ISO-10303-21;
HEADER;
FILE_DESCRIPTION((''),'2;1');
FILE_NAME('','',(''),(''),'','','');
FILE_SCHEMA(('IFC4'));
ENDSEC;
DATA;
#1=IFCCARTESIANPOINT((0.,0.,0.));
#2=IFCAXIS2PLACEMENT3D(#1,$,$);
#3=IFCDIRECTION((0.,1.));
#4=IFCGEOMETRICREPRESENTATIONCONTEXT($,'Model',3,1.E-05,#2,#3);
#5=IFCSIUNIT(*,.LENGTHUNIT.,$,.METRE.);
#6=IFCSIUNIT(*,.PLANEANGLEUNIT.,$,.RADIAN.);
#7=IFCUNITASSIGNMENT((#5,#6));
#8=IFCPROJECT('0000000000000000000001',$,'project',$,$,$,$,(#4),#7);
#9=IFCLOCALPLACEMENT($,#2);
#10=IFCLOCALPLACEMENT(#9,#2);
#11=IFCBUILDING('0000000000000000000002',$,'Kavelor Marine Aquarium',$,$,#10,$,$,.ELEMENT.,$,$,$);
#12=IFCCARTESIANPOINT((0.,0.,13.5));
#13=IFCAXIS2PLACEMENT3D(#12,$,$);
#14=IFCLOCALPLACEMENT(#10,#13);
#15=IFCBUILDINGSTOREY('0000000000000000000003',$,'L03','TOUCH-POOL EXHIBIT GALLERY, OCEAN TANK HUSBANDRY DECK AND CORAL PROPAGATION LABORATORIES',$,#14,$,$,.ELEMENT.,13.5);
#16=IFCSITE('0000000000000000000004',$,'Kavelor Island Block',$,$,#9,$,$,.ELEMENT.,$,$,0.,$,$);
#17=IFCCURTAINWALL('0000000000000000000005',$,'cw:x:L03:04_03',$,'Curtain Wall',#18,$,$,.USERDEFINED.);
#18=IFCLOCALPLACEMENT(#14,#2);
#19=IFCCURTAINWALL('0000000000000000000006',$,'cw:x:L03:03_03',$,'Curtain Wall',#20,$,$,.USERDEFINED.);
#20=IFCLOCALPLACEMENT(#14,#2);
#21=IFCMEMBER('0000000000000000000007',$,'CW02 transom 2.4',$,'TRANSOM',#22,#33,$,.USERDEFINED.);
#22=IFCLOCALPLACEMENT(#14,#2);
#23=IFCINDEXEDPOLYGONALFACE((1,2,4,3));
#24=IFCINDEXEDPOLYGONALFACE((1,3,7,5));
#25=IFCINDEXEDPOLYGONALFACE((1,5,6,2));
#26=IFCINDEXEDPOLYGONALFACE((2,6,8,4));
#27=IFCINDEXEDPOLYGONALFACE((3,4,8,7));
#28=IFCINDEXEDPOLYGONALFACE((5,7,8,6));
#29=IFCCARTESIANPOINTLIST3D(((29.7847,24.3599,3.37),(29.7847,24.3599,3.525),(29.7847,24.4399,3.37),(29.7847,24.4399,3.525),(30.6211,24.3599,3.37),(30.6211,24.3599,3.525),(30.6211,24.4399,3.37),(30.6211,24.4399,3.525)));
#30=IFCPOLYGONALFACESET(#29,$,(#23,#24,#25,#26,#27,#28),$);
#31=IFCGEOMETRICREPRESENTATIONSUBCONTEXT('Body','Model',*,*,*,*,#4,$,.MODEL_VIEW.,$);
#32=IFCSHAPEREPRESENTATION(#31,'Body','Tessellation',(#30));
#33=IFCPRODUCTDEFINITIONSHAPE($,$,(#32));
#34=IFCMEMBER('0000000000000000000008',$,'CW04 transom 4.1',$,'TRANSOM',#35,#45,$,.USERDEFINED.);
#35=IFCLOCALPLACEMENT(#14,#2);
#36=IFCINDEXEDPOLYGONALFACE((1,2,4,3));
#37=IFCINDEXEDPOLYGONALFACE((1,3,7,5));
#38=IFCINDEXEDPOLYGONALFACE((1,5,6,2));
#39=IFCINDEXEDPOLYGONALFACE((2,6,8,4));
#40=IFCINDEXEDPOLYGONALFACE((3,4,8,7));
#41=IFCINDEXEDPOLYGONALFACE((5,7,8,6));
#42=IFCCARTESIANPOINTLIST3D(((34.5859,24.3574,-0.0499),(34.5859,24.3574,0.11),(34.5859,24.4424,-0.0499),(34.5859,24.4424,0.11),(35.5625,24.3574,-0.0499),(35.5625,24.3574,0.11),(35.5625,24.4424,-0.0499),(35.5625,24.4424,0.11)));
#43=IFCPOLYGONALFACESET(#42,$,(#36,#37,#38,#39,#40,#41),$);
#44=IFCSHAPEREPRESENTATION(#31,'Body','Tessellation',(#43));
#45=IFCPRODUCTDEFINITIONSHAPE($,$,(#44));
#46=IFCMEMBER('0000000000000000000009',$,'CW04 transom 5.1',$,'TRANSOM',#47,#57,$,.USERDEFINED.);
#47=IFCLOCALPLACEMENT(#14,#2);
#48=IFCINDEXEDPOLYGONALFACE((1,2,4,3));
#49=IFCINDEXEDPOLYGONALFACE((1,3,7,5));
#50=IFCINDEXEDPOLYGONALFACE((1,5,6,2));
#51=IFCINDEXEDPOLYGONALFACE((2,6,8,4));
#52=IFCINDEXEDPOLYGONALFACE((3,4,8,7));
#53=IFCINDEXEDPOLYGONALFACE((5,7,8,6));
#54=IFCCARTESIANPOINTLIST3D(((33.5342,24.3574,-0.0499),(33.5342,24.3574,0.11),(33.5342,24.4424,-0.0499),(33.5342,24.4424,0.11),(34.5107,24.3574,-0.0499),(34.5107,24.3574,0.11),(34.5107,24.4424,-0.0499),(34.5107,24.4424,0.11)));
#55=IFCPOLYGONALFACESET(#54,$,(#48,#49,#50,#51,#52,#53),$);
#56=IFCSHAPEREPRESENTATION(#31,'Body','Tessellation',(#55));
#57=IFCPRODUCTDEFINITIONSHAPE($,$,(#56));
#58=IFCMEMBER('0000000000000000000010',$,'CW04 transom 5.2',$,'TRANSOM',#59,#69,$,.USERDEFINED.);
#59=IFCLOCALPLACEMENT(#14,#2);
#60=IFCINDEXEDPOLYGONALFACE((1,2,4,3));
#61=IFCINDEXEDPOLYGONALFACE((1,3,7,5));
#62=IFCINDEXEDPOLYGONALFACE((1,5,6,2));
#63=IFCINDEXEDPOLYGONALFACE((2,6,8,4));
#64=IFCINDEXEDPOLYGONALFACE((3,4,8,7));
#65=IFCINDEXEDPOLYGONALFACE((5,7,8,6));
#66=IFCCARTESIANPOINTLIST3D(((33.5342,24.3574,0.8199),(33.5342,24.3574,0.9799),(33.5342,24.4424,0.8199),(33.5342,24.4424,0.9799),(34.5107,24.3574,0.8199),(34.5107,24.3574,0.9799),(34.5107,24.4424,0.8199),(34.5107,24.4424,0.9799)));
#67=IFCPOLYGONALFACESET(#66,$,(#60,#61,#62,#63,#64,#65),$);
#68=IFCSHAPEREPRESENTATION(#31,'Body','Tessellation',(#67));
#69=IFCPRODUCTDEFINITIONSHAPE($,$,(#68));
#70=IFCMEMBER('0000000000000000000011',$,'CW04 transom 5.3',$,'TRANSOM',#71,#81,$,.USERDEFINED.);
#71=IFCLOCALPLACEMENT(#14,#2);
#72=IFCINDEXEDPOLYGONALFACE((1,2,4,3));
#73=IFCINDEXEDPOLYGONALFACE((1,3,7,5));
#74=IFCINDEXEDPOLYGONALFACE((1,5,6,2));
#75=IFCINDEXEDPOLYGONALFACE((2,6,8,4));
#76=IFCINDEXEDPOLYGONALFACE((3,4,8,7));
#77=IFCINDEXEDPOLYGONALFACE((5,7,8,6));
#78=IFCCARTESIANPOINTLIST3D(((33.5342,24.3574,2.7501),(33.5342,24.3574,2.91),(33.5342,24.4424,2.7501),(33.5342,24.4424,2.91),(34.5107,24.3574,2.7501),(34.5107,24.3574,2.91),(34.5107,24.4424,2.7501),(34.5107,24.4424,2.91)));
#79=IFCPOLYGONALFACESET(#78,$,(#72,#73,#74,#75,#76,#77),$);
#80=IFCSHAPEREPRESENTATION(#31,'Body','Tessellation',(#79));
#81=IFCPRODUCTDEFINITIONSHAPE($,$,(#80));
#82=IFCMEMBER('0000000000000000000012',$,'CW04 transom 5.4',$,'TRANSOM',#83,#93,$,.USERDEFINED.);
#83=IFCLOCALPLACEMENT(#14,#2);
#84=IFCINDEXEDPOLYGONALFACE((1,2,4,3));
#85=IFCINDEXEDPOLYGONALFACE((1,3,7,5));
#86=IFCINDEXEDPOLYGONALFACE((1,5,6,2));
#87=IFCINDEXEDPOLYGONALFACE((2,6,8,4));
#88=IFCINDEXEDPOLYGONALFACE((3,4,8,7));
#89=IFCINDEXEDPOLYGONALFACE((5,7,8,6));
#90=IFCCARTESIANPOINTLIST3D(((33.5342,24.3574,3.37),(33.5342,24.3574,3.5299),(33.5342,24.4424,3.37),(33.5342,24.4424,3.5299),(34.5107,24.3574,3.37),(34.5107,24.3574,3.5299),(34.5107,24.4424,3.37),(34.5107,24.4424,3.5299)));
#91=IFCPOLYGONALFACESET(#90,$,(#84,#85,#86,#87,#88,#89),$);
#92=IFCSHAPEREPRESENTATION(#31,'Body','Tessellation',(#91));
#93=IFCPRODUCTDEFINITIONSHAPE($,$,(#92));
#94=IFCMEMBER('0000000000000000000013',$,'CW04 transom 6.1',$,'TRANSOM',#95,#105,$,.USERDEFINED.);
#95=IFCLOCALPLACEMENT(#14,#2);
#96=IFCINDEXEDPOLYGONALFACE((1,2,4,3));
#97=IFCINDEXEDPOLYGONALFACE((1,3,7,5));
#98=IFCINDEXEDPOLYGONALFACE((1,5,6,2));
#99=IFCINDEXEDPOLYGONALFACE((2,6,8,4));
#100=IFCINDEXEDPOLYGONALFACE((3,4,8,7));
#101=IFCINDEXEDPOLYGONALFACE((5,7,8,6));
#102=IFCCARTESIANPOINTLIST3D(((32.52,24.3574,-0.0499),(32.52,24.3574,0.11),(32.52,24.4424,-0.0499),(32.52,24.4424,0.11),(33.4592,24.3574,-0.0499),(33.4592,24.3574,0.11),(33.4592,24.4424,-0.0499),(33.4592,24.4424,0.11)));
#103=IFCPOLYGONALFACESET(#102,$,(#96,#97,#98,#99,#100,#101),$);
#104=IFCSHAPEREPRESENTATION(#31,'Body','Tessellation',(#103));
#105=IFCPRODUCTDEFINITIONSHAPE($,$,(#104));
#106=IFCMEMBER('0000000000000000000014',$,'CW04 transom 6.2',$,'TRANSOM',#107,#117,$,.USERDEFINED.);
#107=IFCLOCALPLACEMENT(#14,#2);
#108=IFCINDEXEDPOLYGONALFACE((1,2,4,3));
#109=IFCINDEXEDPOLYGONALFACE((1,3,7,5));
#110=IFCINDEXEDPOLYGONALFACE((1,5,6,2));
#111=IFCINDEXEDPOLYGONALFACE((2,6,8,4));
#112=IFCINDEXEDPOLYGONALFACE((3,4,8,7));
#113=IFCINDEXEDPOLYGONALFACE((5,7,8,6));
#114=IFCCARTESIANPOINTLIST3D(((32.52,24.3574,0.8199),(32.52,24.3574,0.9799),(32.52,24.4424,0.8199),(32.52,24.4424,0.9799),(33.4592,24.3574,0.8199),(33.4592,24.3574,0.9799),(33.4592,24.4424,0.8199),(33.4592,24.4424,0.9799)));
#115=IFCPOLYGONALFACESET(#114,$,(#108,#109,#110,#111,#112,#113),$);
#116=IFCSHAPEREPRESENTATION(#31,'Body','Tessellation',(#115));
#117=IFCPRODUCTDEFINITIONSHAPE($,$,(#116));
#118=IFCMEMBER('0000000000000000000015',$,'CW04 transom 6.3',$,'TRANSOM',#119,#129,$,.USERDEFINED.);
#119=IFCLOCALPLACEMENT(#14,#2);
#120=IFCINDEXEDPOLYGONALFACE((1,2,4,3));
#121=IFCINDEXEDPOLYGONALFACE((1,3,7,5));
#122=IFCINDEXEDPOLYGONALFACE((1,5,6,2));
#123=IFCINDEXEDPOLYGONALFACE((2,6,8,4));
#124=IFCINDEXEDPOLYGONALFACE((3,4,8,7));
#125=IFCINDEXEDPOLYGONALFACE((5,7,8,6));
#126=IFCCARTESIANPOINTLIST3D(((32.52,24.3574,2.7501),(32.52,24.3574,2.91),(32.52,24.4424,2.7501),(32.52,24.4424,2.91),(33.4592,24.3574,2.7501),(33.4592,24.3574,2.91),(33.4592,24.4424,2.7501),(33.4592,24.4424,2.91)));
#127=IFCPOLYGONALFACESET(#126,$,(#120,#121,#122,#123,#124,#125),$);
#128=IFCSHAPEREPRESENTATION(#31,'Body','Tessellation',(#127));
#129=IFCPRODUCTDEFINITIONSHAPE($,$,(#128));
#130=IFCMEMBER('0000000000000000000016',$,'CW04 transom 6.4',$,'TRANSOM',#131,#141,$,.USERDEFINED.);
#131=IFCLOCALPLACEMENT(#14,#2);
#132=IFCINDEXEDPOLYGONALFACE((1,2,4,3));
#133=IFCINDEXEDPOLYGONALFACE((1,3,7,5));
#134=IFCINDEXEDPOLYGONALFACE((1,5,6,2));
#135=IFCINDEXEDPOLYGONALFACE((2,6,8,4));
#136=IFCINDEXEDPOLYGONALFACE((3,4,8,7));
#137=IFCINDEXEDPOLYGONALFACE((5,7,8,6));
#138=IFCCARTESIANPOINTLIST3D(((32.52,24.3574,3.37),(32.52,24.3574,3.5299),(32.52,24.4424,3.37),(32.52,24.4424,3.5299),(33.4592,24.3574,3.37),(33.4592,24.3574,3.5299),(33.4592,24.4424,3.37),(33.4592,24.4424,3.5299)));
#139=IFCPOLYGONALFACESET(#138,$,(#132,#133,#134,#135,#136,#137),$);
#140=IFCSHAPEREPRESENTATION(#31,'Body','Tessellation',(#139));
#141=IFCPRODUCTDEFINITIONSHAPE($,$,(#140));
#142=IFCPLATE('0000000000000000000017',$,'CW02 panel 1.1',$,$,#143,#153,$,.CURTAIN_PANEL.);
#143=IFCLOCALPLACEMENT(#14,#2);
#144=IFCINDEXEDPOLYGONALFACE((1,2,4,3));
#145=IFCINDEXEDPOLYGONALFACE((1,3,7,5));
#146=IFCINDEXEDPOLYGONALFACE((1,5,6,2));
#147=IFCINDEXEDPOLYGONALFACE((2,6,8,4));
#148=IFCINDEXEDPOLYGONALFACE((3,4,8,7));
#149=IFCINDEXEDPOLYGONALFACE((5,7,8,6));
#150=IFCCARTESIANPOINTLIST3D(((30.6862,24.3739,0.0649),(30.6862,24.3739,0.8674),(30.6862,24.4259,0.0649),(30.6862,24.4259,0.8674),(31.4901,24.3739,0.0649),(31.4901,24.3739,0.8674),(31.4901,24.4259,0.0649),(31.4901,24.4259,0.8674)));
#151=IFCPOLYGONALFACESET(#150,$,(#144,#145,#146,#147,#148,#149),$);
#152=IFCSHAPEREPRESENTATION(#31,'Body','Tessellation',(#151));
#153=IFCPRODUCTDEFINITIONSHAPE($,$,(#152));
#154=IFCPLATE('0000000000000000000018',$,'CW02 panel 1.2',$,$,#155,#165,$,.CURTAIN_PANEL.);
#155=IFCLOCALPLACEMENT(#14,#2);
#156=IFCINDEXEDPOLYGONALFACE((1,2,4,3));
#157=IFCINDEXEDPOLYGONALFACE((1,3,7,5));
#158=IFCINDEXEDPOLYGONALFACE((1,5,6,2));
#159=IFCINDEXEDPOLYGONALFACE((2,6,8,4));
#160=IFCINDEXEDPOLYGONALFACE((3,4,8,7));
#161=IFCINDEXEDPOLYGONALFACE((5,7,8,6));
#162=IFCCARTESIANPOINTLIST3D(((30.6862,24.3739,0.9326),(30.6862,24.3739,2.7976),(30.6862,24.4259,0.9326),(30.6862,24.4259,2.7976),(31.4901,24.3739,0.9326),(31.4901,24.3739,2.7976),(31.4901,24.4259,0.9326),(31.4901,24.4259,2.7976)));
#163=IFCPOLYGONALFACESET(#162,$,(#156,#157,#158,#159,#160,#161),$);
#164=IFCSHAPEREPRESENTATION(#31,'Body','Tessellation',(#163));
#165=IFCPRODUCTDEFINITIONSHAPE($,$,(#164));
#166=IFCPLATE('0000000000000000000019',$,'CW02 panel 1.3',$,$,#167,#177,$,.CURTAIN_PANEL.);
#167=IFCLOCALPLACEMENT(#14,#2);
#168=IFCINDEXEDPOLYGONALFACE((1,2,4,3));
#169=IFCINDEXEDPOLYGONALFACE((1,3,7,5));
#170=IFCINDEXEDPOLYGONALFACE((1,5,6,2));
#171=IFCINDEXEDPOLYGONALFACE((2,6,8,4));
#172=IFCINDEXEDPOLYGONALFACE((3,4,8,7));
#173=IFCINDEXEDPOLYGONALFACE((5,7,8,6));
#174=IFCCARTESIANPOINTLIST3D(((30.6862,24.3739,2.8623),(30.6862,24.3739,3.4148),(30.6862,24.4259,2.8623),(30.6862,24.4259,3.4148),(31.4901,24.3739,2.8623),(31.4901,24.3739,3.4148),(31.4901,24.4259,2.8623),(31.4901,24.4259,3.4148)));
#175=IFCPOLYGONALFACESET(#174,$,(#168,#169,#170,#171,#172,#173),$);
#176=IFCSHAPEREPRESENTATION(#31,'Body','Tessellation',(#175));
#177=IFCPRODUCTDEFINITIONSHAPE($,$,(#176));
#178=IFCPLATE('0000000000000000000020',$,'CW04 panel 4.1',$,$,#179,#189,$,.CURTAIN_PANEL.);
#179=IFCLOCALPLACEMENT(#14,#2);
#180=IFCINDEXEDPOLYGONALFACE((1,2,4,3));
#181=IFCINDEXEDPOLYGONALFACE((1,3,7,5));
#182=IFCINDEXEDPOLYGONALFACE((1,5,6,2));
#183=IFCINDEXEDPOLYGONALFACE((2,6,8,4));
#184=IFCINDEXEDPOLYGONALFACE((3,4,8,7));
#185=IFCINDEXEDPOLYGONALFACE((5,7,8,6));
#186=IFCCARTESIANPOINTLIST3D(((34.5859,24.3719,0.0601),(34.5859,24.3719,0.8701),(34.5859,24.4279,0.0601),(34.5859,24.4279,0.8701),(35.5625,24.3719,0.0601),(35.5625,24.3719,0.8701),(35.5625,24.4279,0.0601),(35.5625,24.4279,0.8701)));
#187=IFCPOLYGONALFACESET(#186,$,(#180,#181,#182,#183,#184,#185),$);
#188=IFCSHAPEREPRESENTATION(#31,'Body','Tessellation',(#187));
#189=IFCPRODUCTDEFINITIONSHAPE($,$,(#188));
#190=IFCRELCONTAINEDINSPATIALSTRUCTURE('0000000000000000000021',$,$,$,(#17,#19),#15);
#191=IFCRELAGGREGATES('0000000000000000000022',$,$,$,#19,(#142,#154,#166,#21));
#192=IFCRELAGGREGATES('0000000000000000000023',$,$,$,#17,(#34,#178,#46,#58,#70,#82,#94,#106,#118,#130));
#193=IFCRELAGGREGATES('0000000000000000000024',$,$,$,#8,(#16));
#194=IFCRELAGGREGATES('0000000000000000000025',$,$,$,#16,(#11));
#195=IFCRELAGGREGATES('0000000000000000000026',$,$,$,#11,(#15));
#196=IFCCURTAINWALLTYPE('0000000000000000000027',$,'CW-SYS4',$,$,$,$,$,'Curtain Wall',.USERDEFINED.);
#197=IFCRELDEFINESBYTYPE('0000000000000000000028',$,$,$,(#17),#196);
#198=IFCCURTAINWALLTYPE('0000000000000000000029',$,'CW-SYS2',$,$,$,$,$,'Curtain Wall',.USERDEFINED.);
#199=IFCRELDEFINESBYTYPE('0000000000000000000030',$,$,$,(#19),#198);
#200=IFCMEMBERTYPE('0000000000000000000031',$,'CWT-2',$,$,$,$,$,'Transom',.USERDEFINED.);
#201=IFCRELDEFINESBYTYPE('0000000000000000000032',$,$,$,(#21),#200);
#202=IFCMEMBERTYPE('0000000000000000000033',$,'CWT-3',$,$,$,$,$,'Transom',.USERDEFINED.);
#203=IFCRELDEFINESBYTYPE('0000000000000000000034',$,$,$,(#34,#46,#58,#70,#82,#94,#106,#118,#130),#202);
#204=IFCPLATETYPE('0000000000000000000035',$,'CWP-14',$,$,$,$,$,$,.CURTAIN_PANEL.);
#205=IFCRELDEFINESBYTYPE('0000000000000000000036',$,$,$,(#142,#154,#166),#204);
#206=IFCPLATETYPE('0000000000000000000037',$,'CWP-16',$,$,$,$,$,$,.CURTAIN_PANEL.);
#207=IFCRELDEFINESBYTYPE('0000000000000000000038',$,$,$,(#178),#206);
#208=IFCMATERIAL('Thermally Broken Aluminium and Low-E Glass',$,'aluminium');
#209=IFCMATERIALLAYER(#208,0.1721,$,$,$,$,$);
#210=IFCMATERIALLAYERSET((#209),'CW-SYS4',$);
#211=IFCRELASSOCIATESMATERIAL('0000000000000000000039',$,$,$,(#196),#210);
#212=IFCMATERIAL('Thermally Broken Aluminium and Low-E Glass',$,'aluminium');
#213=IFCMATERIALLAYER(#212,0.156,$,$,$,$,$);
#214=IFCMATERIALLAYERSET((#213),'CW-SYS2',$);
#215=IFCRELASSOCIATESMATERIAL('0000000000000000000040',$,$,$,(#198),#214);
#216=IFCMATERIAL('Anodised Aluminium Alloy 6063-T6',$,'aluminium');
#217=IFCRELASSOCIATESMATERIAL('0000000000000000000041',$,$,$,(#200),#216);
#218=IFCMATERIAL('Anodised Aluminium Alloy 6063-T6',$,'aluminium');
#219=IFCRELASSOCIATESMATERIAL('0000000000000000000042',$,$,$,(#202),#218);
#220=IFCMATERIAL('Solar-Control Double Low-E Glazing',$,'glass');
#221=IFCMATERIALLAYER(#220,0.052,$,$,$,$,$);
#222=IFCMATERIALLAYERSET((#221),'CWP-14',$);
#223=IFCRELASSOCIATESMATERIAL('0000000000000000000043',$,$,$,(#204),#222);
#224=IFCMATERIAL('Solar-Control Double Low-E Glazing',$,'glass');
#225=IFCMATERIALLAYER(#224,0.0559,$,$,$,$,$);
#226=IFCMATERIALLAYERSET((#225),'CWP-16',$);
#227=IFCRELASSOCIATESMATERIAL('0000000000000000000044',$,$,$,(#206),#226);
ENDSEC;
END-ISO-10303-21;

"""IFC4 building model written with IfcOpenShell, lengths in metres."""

from ifc_helpers import new_model, si_unit, direction, frame, origin, origin_2d, place, context, subcontext, project, spatial, rectangle, extrude, material, layer, layer_set, material_profile, profile_set, type_object, element, aggregate, save


model = new_model("IFC4")

# Units and contexts
model_context = context("Model", 3, precision=1e-05, world=origin(), true_north=direction((0.0, 1.0)))
body_context = subcontext(model_context, "Body", "Model", "MODEL_VIEW")
ifc_project = project(units=[si_unit("LENGTHUNIT", "METRE"), si_unit("PLANEANGLEUNIT", "RADIAN")], contexts=[model_context])

# Site, building, storey
site_placement = place(None, origin())
site = spatial("IfcSite", under=ifc_project, at=site_placement, Name="Kavelor Island Block", CompositionType="ELEMENT", RefElevation=0.0)
building_placement = place(site_placement, origin())
building = spatial("IfcBuilding", under=site, at=building_placement, Name="Kavelor Marine Aquarium", CompositionType="ELEMENT")
storey_placement = place(building_placement, frame((0.0, 0.0, 13.5)))
storey = spatial("IfcBuildingStorey", under=building, at=storey_placement, Name="L03", Description="TOUCH-POOL EXHIBIT GALLERY, OCEAN TANK HUSBANDRY DECK AND CORAL PROPAGATION LABORATORIES", CompositionType="ELEMENT", Elevation=13.5)

# Curtain walls, member
ifc_material_1 = material(Name="Thermally Broken Aluminium and Low-E Glass", Category="aluminium")
ifc_layer_1 = layer(ifc_material_1, 0.1721)
ifc_layer_set_1 = layer_set([ifc_layer_1], Name="CW-SYS4")
curtain_wall_type_1 = type_object("IfcCurtainWallType", Name="CW-SYS4", ElementType="Curtain Wall", PredefinedType="USERDEFINED", material=ifc_layer_set_1)
curtain_wall_1_placement = place(storey_placement, origin())
curtain_wall_1 = element("IfcCurtainWall", 1, at=curtain_wall_1_placement, inside=storey, type_object=curtain_wall_type_1, Name="cw:x:L03:04_03", ObjectType="Curtain Wall", PredefinedType="USERDEFINED")
ifc_material_2 = material(Name="Thermally Broken Aluminium and Low-E Glass", Category="aluminium")
ifc_layer_2 = layer(ifc_material_2, 0.156)
ifc_layer_set_2 = layer_set([ifc_layer_2], Name="CW-SYS2")
curtain_wall_type_2 = type_object("IfcCurtainWallType", Name="CW-SYS2", ElementType="Curtain Wall", PredefinedType="USERDEFINED", material=ifc_layer_set_2)
curtain_wall_2_placement = place(storey_placement, origin())
curtain_wall_2 = element("IfcCurtainWall", 2, at=curtain_wall_2_placement, inside=storey, type_object=curtain_wall_type_2, Name="cw:x:L03:03_03", ObjectType="Curtain Wall", PredefinedType="USERDEFINED")
ifc_material_3 = material(Name="Anodised Aluminium Alloy 6063-T6", Category="aluminium")
ifc_material_profile_1 = material_profile(ifc_material_3, rectangle(XDim=0.0801, YDim=0.155, at=origin_2d()), Name="CW-TRN 80x155")
ifc_profile_set_1 = profile_set([ifc_material_profile_1], Name="Anodised Aluminium Alloy 6063-T6")
member_type_1 = type_object("IfcMemberType", Name="CWT-2", ElementType="Transom", PredefinedType="USERDEFINED", material=ifc_profile_set_1)
member_1_placement = place(storey_placement, frame((30.6211, 24.3999, 3.4475), z_axis=(-1.0, 0.0, 0.0), x_axis=(0.0, -1.0, 0.0)))
member_1 = element("IfcMember", 3, at=member_1_placement, type_object=member_type_1, Name="CW02 transom 2.4", ObjectType="TRANSOM", PredefinedType="USERDEFINED", context=body_context, shape_type="SweptSolid", body=[
    extrude(rectangle(XDim=0.0801, YDim=0.155, at=origin_2d()), origin(), (0.0, 0.0, 1.0), 0.8364),
])

# Members
ifc_material_4 = material(Name="Anodised Aluminium Alloy 6063-T6", Category="aluminium")
ifc_material_profile_2 = material_profile(ifc_material_4, rectangle(XDim=0.085, YDim=0.1599, at=origin_2d()), Name="CW-TRN 85x160")
ifc_profile_set_2 = profile_set([ifc_material_profile_2], Name="Anodised Aluminium Alloy 6063-T6")
member_type_2 = type_object("IfcMemberType", Name="CWT-3", ElementType="Transom", PredefinedType="USERDEFINED", material=ifc_profile_set_2)
member_2_placement = place(storey_placement, frame((35.5625, 24.3999, 0.03), z_axis=(-1.0, 0.0, 0.0), x_axis=(0.0, -1.0, 0.0)))
member_2 = element("IfcMember", 4, at=member_2_placement, type_object=member_type_2, Name="CW04 transom 4.1", ObjectType="TRANSOM", PredefinedType="USERDEFINED", context=body_context, shape_type="SweptSolid", body=[
    extrude(rectangle(XDim=0.085, YDim=0.1599, at=origin_2d()), origin(), (0.0, 0.0, 1.0), 0.9766),
])
member_3_placement = place(storey_placement, frame((34.5107, 24.3999, 0.03), z_axis=(-1.0, 0.0, 0.0), x_axis=(0.0, -1.0, 0.0)))
member_3 = element("IfcMember", 5, at=member_3_placement, type_object=member_type_2, Name="CW04 transom 5.1", ObjectType="TRANSOM", PredefinedType="USERDEFINED", context=body_context, shape_type="SweptSolid", body=[
    extrude(rectangle(XDim=0.085, YDim=0.1599, at=origin_2d()), origin(), (0.0, 0.0, 1.0), 0.9766),
])
member_4_placement = place(storey_placement, frame((34.5107, 24.3999, 0.8999), z_axis=(-1.0, 0.0, 0.0), x_axis=(0.0, -1.0, 0.0)))
member_4 = element("IfcMember", 6, at=member_4_placement, type_object=member_type_2, Name="CW04 transom 5.2", ObjectType="TRANSOM", PredefinedType="USERDEFINED", context=body_context, shape_type="SweptSolid", body=[
    extrude(rectangle(XDim=0.085, YDim=0.1599, at=origin_2d()), origin(), (0.0, 0.0, 1.0), 0.9766),
])
member_5_placement = place(storey_placement, frame((34.5107, 24.3999, 2.8301), z_axis=(-1.0, 0.0, 0.0), x_axis=(0.0, -1.0, 0.0)))
member_5 = element("IfcMember", 7, at=member_5_placement, type_object=member_type_2, Name="CW04 transom 5.3", ObjectType="TRANSOM", PredefinedType="USERDEFINED", context=body_context, shape_type="SweptSolid", body=[
    extrude(rectangle(XDim=0.085, YDim=0.1599, at=origin_2d()), origin(), (0.0, 0.0, 1.0), 0.9766),
])
member_6_placement = place(storey_placement, frame((34.5107, 24.3999, 3.45), z_axis=(-1.0, 0.0, 0.0), x_axis=(0.0, -1.0, 0.0)))
member_6 = element("IfcMember", 8, at=member_6_placement, type_object=member_type_2, Name="CW04 transom 5.4", ObjectType="TRANSOM", PredefinedType="USERDEFINED", context=body_context, shape_type="SweptSolid", body=[
    extrude(rectangle(XDim=0.085, YDim=0.1599, at=origin_2d()), origin(), (0.0, 0.0, 1.0), 0.9766),
])
member_7_placement = place(storey_placement, frame((33.4592, 24.3999, 0.03), z_axis=(-1.0, 0.0, 0.0), x_axis=(0.0, -1.0, 0.0)))
member_7 = element("IfcMember", 9, at=member_7_placement, type_object=member_type_2, Name="CW04 transom 6.1", ObjectType="TRANSOM", PredefinedType="USERDEFINED", context=body_context, shape_type="SweptSolid", body=[
    extrude(rectangle(XDim=0.085, YDim=0.1599, at=origin_2d()), origin(), (0.0, 0.0, 1.0), 0.9392),
])
member_8_placement = place(storey_placement, frame((33.4592, 24.3999, 0.8999), z_axis=(-1.0, 0.0, 0.0), x_axis=(0.0, -1.0, 0.0)))
member_8 = element("IfcMember", 10, at=member_8_placement, type_object=member_type_2, Name="CW04 transom 6.2", ObjectType="TRANSOM", PredefinedType="USERDEFINED", context=body_context, shape_type="SweptSolid", body=[
    extrude(rectangle(XDim=0.085, YDim=0.1599, at=origin_2d()), origin(), (0.0, 0.0, 1.0), 0.9392),
])
member_9_placement = place(storey_placement, frame((33.4592, 24.3999, 2.8301), z_axis=(-1.0, 0.0, 0.0), x_axis=(0.0, -1.0, 0.0)))
member_9 = element("IfcMember", 11, at=member_9_placement, type_object=member_type_2, Name="CW04 transom 6.3", ObjectType="TRANSOM", PredefinedType="USERDEFINED", context=body_context, shape_type="SweptSolid", body=[
    extrude(rectangle(XDim=0.085, YDim=0.1599, at=origin_2d()), origin(), (0.0, 0.0, 1.0), 0.9392),
])
member_10_placement = place(storey_placement, frame((33.4592, 24.3999, 3.45), z_axis=(-1.0, 0.0, 0.0), x_axis=(0.0, -1.0, 0.0)))
member_10 = element("IfcMember", 12, at=member_10_placement, type_object=member_type_2, Name="CW04 transom 6.4", ObjectType="TRANSOM", PredefinedType="USERDEFINED", context=body_context, shape_type="SweptSolid", body=[
    extrude(rectangle(XDim=0.085, YDim=0.1599, at=origin_2d()), origin(), (0.0, 0.0, 1.0), 0.9392),
])

# Plates
ifc_material_5 = material(Name="Solar-Control Double Low-E Glazing", Category="glass")
ifc_layer_3 = layer(ifc_material_5, 0.052)
ifc_layer_set_3 = layer_set([ifc_layer_3], Name="CWP-14")
plate_type_1 = type_object("IfcPlateType", Name="CWP-14", PredefinedType="CURTAIN_PANEL", material=ifc_layer_set_3)
plate_1_placement = place(storey_placement, frame((31.0881, 24.3999, 0.0649), z_axis=(0.0, 0.0, 1.0), x_axis=(-1.0, 0.0, 0.0)))
plate_1 = element("IfcPlate", 13, at=plate_1_placement, type_object=plate_type_1, Name="CW02 panel 1.1", PredefinedType="CURTAIN_PANEL", context=body_context, shape_type="SweptSolid", body=[
    extrude(rectangle(XDim=0.804, YDim=0.052, at=origin_2d()), origin(), (0.0, 0.0, 1.0), 0.8025),
])
plate_2_placement = place(storey_placement, frame((31.0881, 24.3999, 0.9326), z_axis=(0.0, 0.0, 1.0), x_axis=(-1.0, 0.0, 0.0)))
plate_2 = element("IfcPlate", 14, at=plate_2_placement, type_object=plate_type_1, Name="CW02 panel 1.2", PredefinedType="CURTAIN_PANEL", context=body_context, shape_type="SweptSolid", body=[
    extrude(rectangle(XDim=0.804, YDim=0.052, at=origin_2d()), origin(), (0.0, 0.0, 1.0), 1.865),
])
plate_3_placement = place(storey_placement, frame((31.0881, 24.3999, 2.8623), z_axis=(0.0, 0.0, 1.0), x_axis=(-1.0, 0.0, 0.0)))
plate_3 = element("IfcPlate", 15, at=plate_3_placement, type_object=plate_type_1, Name="CW02 panel 1.3", PredefinedType="CURTAIN_PANEL", context=body_context, shape_type="SweptSolid", body=[
    extrude(rectangle(XDim=0.804, YDim=0.052, at=origin_2d()), origin(), (0.0, 0.0, 1.0), 0.5525),
])
aggregate(curtain_wall_2, [plate_1, plate_2, plate_3, member_1])
ifc_material_6 = material(Name="Solar-Control Double Low-E Glazing", Category="glass")
ifc_layer_4 = layer(ifc_material_6, 0.0559)
ifc_layer_set_4 = layer_set([ifc_layer_4], Name="CWP-16")
plate_type_2 = type_object("IfcPlateType", Name="CWP-16", PredefinedType="CURTAIN_PANEL", material=ifc_layer_set_4)
plate_4_placement = place(storey_placement, frame((35.0742, 24.3999, 0.0601), z_axis=(0.0, 0.0, 1.0), x_axis=(-1.0, 0.0, 0.0)))
plate_4 = element("IfcPlate", 16, at=plate_4_placement, type_object=plate_type_2, Name="CW04 panel 4.1", PredefinedType="CURTAIN_PANEL", context=body_context, shape_type="SweptSolid", body=[
    extrude(rectangle(XDim=0.9766, YDim=0.0559, at=origin_2d()), origin(), (0.0, 0.0, 1.0), 0.8101),
])
aggregate(curtain_wall_1, [member_2, plate_4, member_3, member_4, member_5, member_6, member_7, member_8, member_9, member_10])

save(model, "model.ifc")
